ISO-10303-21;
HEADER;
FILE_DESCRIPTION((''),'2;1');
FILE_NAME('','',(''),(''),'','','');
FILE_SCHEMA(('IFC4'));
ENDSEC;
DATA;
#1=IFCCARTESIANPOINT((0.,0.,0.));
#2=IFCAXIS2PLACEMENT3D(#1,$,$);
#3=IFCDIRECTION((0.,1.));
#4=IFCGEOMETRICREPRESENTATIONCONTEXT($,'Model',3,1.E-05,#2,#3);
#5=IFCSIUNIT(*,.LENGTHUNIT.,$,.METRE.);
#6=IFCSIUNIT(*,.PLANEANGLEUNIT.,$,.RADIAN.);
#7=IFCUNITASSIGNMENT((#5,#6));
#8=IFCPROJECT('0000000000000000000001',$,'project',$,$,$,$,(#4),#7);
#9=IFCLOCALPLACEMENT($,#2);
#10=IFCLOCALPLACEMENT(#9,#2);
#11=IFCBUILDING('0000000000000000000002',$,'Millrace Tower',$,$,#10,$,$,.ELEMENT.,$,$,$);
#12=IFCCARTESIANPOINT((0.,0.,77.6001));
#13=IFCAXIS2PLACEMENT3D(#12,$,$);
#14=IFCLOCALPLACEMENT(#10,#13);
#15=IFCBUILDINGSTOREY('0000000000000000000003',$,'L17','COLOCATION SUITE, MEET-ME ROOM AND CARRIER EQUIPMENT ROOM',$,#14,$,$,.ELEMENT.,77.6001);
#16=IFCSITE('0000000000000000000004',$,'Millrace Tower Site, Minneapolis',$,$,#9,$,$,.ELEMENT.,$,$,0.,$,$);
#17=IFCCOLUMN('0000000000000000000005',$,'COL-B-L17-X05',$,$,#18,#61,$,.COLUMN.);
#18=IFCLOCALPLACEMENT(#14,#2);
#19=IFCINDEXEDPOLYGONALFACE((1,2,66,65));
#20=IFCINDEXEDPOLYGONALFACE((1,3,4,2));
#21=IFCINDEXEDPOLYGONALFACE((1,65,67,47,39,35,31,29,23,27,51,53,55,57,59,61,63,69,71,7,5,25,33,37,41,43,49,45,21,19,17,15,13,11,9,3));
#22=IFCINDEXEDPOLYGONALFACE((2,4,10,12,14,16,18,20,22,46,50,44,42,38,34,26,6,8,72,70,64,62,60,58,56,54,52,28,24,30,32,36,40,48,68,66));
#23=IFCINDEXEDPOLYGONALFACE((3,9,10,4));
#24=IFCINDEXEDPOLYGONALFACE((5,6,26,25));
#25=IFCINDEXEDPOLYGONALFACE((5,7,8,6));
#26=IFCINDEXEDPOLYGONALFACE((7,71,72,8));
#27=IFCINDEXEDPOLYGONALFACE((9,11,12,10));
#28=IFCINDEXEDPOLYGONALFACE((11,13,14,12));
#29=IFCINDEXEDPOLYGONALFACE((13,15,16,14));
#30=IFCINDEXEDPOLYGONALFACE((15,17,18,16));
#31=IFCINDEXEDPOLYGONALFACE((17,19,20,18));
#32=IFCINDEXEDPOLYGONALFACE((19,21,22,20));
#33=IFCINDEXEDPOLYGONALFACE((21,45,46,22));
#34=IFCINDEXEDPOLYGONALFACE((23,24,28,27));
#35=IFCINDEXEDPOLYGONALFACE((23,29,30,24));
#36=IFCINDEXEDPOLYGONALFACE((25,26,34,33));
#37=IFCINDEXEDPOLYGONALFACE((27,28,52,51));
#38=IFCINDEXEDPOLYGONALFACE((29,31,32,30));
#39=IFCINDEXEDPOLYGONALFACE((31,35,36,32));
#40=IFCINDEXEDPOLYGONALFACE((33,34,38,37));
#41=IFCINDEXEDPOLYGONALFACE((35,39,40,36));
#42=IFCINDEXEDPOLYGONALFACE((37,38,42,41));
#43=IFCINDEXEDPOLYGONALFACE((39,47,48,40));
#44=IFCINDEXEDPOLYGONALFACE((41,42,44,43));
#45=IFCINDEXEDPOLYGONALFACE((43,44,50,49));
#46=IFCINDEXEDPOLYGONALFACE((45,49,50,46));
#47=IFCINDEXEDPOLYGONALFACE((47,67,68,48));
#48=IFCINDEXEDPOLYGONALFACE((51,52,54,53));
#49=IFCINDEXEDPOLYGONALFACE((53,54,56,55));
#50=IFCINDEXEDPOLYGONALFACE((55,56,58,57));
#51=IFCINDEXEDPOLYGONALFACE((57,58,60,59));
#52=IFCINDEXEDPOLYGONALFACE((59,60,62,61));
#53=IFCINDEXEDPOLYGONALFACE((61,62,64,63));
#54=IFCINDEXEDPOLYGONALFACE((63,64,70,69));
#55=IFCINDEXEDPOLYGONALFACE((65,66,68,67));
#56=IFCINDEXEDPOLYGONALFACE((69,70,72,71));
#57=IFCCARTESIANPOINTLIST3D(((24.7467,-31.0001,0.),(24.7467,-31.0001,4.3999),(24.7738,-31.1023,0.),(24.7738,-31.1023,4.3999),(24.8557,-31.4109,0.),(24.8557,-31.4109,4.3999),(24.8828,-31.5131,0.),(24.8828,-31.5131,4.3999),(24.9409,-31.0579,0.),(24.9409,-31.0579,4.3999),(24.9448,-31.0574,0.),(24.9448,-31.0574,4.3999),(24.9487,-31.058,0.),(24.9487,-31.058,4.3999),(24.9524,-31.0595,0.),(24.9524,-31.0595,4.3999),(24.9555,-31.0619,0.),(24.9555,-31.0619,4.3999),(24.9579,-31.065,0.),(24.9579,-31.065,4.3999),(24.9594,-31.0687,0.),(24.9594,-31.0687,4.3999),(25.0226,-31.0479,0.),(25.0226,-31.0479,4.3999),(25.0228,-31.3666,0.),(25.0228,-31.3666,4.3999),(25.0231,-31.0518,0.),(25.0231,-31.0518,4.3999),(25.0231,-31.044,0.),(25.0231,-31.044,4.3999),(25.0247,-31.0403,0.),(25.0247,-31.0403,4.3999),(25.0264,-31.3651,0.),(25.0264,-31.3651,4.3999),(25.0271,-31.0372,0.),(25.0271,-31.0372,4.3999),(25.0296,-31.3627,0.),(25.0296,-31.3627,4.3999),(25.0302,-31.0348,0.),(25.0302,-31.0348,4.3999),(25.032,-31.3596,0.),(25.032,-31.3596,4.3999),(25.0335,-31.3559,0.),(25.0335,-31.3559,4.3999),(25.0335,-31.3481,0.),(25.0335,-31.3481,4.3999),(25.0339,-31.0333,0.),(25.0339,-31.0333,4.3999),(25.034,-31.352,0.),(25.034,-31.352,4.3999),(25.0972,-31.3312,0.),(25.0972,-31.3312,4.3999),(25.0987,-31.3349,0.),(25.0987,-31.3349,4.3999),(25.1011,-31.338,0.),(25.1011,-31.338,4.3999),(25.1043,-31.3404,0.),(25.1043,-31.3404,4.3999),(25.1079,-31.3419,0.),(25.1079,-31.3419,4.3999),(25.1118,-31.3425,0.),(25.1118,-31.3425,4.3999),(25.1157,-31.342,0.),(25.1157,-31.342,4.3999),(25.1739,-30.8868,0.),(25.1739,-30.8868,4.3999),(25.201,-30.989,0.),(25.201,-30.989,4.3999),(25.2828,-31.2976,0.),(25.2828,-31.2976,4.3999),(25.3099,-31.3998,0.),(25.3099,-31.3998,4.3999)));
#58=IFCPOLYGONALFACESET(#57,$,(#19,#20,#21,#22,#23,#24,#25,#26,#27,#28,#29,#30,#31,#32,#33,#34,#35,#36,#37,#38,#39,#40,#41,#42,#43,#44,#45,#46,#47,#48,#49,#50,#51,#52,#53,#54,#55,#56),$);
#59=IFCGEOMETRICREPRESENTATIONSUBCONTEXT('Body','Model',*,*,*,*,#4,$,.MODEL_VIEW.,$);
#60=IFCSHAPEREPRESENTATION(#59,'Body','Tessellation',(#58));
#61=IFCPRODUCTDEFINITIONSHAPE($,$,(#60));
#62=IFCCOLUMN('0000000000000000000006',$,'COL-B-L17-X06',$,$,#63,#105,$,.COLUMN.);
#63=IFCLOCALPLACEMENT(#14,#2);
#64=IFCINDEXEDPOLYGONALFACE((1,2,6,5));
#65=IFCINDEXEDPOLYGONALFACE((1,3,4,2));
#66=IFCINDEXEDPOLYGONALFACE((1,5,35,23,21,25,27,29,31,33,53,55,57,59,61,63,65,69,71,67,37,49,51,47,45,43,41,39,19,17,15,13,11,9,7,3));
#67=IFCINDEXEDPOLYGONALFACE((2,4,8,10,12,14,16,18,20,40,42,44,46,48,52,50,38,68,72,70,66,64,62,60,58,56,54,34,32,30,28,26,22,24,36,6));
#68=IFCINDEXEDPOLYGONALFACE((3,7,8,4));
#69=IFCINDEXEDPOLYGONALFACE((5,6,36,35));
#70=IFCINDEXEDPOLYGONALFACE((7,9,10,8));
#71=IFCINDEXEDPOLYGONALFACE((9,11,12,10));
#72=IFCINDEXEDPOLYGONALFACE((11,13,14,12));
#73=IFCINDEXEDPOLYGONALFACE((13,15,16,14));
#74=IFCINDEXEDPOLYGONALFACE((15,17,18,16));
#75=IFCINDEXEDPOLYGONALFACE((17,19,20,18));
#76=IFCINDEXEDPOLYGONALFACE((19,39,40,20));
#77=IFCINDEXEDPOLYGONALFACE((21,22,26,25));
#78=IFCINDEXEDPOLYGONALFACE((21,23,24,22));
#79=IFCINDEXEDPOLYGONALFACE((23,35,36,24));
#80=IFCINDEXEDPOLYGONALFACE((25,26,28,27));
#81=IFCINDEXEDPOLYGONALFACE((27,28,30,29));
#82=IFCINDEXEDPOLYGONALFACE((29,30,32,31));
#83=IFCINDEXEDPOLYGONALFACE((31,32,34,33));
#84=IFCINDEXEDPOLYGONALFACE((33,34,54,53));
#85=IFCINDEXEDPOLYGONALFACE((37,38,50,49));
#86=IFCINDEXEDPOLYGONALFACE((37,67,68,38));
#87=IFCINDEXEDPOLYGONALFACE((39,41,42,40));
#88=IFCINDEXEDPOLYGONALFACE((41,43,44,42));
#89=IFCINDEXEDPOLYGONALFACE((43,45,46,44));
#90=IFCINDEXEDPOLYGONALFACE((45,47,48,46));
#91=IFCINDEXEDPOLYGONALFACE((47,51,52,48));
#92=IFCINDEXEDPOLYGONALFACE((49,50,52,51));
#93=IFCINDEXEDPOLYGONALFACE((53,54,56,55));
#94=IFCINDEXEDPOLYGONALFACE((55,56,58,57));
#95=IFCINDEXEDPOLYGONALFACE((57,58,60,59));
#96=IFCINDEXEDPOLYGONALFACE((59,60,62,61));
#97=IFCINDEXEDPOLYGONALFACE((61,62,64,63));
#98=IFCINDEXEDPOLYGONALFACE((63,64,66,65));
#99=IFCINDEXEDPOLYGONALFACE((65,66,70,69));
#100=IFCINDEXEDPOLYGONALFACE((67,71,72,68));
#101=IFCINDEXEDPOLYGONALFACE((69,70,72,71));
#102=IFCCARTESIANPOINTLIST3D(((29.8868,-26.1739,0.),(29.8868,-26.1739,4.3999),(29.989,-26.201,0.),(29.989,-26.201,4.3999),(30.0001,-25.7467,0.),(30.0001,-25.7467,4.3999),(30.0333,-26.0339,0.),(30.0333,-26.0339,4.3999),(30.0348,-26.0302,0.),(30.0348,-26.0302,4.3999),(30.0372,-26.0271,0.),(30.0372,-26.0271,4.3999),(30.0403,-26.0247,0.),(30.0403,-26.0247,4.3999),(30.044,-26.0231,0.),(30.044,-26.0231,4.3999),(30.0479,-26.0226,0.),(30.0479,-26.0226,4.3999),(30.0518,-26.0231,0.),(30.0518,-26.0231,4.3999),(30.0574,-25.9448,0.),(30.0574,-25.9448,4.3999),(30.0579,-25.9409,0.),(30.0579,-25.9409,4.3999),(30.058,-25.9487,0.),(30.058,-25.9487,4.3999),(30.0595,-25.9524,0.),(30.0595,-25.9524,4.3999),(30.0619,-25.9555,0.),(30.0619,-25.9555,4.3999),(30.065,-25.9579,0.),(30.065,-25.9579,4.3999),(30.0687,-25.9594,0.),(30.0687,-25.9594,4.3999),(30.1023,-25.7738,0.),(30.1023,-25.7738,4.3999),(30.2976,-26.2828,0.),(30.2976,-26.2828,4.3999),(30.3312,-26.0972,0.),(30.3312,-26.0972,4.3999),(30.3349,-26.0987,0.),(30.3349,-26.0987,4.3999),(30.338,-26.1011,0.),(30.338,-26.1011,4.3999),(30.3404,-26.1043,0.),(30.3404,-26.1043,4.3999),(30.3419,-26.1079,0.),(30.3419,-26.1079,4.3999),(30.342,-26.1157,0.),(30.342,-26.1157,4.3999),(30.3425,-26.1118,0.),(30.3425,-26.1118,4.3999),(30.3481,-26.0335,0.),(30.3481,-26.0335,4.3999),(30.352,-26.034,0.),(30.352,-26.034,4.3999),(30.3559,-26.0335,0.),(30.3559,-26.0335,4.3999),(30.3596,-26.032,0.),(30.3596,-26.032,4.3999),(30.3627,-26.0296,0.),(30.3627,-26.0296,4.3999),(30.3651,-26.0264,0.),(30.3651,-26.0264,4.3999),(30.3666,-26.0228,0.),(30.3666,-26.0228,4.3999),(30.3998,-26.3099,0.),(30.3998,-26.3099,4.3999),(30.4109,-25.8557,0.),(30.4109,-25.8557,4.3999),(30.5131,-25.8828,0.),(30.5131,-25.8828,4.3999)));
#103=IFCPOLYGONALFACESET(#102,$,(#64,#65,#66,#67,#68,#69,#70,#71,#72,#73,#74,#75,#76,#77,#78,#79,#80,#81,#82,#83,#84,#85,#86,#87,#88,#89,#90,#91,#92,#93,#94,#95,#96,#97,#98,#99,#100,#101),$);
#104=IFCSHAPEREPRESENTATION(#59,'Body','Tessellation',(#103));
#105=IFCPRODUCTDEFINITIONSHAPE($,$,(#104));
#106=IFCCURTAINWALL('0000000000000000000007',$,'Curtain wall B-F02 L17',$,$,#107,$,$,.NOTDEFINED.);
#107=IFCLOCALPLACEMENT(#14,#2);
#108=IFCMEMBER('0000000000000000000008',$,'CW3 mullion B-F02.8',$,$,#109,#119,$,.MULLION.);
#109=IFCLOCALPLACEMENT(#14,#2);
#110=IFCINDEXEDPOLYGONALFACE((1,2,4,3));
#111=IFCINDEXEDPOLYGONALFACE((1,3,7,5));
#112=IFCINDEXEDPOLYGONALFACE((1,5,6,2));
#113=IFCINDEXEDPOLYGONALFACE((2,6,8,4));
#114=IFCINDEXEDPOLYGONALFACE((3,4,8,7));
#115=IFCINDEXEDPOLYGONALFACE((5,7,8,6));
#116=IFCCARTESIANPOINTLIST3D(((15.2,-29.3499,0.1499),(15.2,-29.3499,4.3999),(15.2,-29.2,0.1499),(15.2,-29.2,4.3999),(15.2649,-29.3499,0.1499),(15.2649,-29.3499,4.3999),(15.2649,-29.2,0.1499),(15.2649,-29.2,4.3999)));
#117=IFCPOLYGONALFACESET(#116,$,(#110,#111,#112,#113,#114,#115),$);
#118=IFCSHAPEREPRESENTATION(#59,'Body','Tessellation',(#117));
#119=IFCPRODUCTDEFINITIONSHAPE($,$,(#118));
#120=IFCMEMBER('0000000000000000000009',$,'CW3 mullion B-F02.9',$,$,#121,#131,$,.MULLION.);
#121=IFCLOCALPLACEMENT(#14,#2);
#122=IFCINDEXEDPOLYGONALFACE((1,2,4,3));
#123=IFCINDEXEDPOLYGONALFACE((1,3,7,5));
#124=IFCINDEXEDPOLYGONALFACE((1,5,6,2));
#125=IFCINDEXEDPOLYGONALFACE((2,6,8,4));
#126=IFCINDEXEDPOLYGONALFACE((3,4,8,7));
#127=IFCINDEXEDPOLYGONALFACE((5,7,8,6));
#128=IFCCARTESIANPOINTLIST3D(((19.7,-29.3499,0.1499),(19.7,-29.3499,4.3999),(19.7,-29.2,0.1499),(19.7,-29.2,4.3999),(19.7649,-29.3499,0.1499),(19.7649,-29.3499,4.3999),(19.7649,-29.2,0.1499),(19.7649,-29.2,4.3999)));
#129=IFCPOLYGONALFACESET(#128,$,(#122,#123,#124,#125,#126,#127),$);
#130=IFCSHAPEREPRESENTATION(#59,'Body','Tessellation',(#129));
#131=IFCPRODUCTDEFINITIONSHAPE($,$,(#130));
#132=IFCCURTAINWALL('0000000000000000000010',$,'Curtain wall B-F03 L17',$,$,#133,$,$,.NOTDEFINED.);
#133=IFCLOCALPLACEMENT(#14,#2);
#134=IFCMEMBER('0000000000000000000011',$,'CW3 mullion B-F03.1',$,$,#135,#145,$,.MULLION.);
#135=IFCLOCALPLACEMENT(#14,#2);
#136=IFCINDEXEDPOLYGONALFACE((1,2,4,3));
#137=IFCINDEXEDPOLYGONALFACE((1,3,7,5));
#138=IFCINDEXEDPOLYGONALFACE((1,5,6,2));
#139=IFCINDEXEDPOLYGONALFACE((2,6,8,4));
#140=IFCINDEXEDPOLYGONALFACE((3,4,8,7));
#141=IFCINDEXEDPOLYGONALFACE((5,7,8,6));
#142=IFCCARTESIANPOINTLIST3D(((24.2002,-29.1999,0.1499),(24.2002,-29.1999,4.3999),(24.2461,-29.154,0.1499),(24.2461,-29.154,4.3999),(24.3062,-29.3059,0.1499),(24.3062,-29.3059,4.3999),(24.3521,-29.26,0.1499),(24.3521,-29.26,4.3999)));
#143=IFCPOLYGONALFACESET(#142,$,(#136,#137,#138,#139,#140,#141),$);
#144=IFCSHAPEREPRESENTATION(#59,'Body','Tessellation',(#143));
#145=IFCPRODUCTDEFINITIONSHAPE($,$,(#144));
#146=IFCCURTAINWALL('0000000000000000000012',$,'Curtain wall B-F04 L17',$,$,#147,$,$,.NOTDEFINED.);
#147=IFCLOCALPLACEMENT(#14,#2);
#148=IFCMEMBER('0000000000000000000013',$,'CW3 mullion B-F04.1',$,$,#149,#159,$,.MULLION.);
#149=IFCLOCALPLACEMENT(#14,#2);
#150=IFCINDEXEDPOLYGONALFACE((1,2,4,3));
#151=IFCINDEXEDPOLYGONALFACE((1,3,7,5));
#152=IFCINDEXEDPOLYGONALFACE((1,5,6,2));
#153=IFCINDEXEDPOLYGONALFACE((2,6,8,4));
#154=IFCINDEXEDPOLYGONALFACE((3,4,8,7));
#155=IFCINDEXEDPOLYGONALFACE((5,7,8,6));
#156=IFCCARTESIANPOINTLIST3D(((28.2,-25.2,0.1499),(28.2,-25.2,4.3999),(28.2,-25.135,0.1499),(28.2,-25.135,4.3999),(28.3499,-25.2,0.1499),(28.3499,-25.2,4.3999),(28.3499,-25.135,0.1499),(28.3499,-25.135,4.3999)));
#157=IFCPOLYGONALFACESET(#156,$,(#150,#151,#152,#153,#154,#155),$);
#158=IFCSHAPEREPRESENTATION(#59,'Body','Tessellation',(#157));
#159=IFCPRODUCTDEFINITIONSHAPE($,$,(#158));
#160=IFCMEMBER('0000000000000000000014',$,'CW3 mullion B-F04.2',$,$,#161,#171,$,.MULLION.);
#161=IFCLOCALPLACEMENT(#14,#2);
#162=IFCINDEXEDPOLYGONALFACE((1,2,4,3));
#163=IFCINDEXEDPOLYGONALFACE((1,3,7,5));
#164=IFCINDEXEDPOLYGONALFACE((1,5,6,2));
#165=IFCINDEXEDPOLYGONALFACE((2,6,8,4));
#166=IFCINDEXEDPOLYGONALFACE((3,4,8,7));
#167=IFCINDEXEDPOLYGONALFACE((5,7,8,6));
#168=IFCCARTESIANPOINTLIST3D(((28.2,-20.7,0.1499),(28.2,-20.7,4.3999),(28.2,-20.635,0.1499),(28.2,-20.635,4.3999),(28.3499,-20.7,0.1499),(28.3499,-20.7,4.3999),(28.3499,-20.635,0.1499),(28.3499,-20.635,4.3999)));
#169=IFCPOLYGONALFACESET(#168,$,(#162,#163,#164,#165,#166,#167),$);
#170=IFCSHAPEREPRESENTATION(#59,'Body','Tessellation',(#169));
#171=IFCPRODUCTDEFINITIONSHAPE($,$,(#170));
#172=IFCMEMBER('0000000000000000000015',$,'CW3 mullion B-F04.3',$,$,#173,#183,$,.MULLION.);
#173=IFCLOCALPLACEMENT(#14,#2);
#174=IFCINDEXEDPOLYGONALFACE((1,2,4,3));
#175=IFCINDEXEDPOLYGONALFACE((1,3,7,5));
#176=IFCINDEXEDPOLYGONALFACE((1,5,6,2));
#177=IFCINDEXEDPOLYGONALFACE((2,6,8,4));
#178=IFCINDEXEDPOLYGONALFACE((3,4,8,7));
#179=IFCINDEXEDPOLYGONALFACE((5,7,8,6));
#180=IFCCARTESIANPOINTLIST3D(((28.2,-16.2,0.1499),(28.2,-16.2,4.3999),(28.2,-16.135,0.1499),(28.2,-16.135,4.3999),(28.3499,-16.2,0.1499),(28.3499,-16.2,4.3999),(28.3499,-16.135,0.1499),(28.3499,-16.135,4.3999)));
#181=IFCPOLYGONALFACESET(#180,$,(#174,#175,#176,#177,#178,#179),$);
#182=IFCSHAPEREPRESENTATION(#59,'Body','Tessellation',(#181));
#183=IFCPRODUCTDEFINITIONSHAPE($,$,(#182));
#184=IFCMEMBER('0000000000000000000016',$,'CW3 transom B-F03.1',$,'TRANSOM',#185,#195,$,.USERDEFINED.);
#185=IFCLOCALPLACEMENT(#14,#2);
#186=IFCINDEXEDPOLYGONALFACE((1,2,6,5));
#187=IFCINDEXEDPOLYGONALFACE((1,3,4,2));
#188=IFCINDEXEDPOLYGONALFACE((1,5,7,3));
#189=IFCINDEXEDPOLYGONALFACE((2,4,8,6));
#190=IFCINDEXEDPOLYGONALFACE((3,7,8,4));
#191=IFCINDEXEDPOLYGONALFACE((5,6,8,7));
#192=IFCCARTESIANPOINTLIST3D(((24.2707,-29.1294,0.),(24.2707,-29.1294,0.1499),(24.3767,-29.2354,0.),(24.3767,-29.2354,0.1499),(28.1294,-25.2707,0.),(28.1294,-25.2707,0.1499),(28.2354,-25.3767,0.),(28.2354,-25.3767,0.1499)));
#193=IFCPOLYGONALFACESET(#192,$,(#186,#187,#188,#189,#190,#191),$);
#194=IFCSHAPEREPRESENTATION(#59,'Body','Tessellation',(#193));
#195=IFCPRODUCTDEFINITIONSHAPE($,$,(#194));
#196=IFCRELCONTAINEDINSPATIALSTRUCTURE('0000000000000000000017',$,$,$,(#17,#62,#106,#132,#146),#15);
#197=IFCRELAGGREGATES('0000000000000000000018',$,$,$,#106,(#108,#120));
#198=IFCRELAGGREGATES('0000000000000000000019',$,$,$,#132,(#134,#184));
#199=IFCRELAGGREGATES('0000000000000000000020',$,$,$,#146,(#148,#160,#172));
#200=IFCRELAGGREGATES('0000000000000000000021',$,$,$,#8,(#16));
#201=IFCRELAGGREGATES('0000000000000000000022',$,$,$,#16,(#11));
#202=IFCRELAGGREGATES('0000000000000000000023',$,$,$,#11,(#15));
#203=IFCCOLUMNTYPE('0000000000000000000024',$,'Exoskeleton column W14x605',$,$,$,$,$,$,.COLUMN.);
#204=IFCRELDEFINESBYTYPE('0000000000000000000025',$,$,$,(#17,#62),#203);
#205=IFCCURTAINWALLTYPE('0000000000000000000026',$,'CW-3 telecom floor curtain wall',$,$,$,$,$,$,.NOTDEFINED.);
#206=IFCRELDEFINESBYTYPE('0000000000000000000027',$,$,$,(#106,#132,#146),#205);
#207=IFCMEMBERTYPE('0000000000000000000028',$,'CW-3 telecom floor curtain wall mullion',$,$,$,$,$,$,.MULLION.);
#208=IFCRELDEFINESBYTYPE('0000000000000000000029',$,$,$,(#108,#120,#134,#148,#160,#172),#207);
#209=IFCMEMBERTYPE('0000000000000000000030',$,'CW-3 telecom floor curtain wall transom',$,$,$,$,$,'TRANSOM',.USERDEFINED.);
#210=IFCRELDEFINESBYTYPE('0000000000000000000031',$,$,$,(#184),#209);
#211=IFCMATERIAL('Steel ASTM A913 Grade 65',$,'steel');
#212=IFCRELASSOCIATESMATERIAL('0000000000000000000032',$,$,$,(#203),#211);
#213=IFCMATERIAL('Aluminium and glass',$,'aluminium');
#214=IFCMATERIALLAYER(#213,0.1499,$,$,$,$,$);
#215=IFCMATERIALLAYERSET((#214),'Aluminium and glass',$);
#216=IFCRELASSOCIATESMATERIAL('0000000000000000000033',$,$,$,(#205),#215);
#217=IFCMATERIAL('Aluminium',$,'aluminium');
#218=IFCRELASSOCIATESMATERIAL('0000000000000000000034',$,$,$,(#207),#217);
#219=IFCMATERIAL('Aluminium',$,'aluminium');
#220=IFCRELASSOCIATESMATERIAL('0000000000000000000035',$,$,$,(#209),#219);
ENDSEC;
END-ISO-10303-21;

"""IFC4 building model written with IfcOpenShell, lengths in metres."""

from ifc_helpers import new_model, si_unit, direction, frame, origin, origin_2d, place, context, subcontext, project, spatial, rectangle, i_section, extrude, material, layer, layer_set, material_profile, profile_set, type_object, element, aggregate, save


model = new_model("IFC4")

# Units and contexts
model_context = context("Model", 3, precision=1e-05, world=origin(), true_north=direction((0.0, 1.0)))
body_context = subcontext(model_context, "Body", "Model", "MODEL_VIEW")
ifc_project = project(units=[si_unit("LENGTHUNIT", "METRE"), si_unit("PLANEANGLEUNIT", "RADIAN")], contexts=[model_context])

# Site, building, storey
site_placement = place(None, origin())
site = spatial("IfcSite", under=ifc_project, at=site_placement, Name="Millrace Tower Site, Minneapolis", CompositionType="ELEMENT", RefElevation=0.0)
building_placement = place(site_placement, origin())
building = spatial("IfcBuilding", under=site, at=building_placement, Name="Millrace Tower", CompositionType="ELEMENT")
storey_placement = place(building_placement, frame((0.0, 0.0, 77.6001)))
storey = spatial("IfcBuildingStorey", under=building, at=storey_placement, Name="L17", Description="COLOCATION SUITE, MEET-ME ROOM AND CARRIER EQUIPMENT ROOM", CompositionType="ELEMENT", Elevation=77.6001)

# Columns
ifc_material_1 = material(Name="Steel ASTM A913 Grade 65", Category="steel")
ifc_material_profile_1 = material_profile(ifc_material_1, i_section(OverallWidth=0.4419, OverallDepth=0.5308, WebThickness=0.0659, FlangeThickness=0.1057, FilletRadius=0.0151, at=origin_2d()))
ifc_profile_set_1 = profile_set([ifc_material_profile_1], Name="Steel ASTM A913 Grade 65")
column_type = type_object("IfcColumnType", Name="Exoskeleton column W14x605", PredefinedType="COLUMN", material=ifc_profile_set_1)
for number, where, z_axis, x_axis, name in (
    (1, (25.0283, -31.2, 0.0), (0.0, 0.0, 1.0), (0.966585, 0.256347, 0.0), "COL-B-L17-X05"),
    (2, (30.2, -26.0283, 0.0), (0.0, 0.0, 1.0), (0.256347, 0.966585, 0.0), "COL-B-L17-X06"),
):
    element("IfcColumn", number, at=place(storey_placement, frame(where, z_axis=z_axis, x_axis=x_axis)), inside=storey, type_object=column_type, Name=name, PredefinedType="COLUMN", context=body_context, shape_type="SweptSolid", body=[
        extrude(i_section(OverallWidth=0.4419, OverallDepth=0.5308, WebThickness=0.0659, FlangeThickness=0.1057, FilletRadius=0.0151, at=origin_2d()), origin(), (0.0, 0.0, 1.0), 4.3999),
    ])

# Curtain wall, members
ifc_material_2 = material(Name="Aluminium and glass", Category="aluminium")
ifc_layer_1 = layer(ifc_material_2, 0.1499)
ifc_layer_set_1 = layer_set([ifc_layer_1], Name="Aluminium and glass")
curtain_wall_type = type_object("IfcCurtainWallType", Name="CW-3 telecom floor curtain wall", PredefinedType="NOTDEFINED", material=ifc_layer_set_1)
placement = place(storey_placement, origin())
curtain_wall_1 = element("IfcCurtainWall", 3, at=placement, inside=storey, type_object=curtain_wall_type, Name="Curtain wall B-F02 L17", PredefinedType="NOTDEFINED")
ifc_material_3 = material(Name="Aluminium", Category="aluminium")
ifc_material_profile_2 = material_profile(ifc_material_3, rectangle(XDim=0.0649, YDim=0.1499, at=origin_2d()))
ifc_profile_set_2 = profile_set([ifc_material_profile_2], Name="Aluminium")
member_type_1 = type_object("IfcMemberType", Name="CW-3 telecom floor curtain wall mullion", PredefinedType="MULLION", material=ifc_profile_set_2)
member_1_placement = place(storey_placement, frame((15.2324, -29.2749, 0.1499), z_axis=(0.0, 0.0, 1.0), x_axis=(1.0, 0.0, 0.0)))
member_1 = element("IfcMember", 4, at=member_1_placement, type_object=member_type_1, Name="CW3 mullion B-F02.8", PredefinedType="MULLION", context=body_context, shape_type="SweptSolid", body=[
    extrude(rectangle(XDim=0.0649, YDim=0.1499, at=origin_2d()), origin(), (0.0, 0.0, 1.0), 4.25),
])
member_2_placement = place(storey_placement, frame((19.7324, -29.2749, 0.1499), z_axis=(0.0, 0.0, 1.0), x_axis=(1.0, 0.0, 0.0)))
member_2 = element("IfcMember", 5, at=member_2_placement, type_object=member_type_1, Name="CW3 mullion B-F02.9", PredefinedType="MULLION", context=body_context, shape_type="SweptSolid", body=[
    extrude(rectangle(XDim=0.0649, YDim=0.1499, at=origin_2d()), origin(), (0.0, 0.0, 1.0), 4.25),
])
aggregate(curtain_wall_1, [member_1, member_2])

# Curtain wall, member
curtain_wall_2 = element("IfcCurtainWall", 6, at=placement, inside=storey, type_object=curtain_wall_type, Name="Curtain wall B-F03 L17", PredefinedType="NOTDEFINED")
member_3_placement = place(storey_placement, frame((24.2761, -29.23, 0.1499), z_axis=(0.0, 0.0, 1.0), x_axis=(0.707107, 0.707107, 0.0)))
member_3 = element("IfcMember", 7, at=member_3_placement, type_object=member_type_1, Name="CW3 mullion B-F03.1", PredefinedType="MULLION", context=body_context, shape_type="SweptSolid", body=[
    extrude(rectangle(XDim=0.0649, YDim=0.1499, at=origin_2d()), origin(), (0.0, 0.0, 1.0), 4.25),
])

# Curtain wall, members
curtain_wall_3 = element("IfcCurtainWall", 8, at=placement, inside=storey, type_object=curtain_wall_type, Name="Curtain wall B-F04 L17", PredefinedType="NOTDEFINED")
member_4_placement = place(storey_placement, frame((28.2749, -25.1675, 0.1499), z_axis=(0.0, 0.0, 1.0), x_axis=(0.0, 1.0, 0.0)))
member_4 = element("IfcMember", 9, at=member_4_placement, type_object=member_type_1, Name="CW3 mullion B-F04.1", PredefinedType="MULLION", context=body_context, shape_type="SweptSolid", body=[
    extrude(rectangle(XDim=0.0649, YDim=0.1499, at=origin_2d()), origin(), (0.0, 0.0, 1.0), 4.25),
])
member_5_placement = place(storey_placement, frame((28.2749, -20.6675, 0.1499), z_axis=(0.0, 0.0, 1.0), x_axis=(0.0, 1.0, 0.0)))
member_5 = element("IfcMember", 10, at=member_5_placement, type_object=member_type_1, Name="CW3 mullion B-F04.2", PredefinedType="MULLION", context=body_context, shape_type="SweptSolid", body=[
    extrude(rectangle(XDim=0.0649, YDim=0.1499, at=origin_2d()), origin(), (0.0, 0.0, 1.0), 4.25),
])
member_6_placement = place(storey_placement, frame((28.2749, -16.1675, 0.1499), z_axis=(0.0, 0.0, 1.0), x_axis=(0.0, 1.0, 0.0)))
member_6 = element("IfcMember", 11, at=member_6_placement, type_object=member_type_1, Name="CW3 mullion B-F04.3", PredefinedType="MULLION", context=body_context, shape_type="SweptSolid", body=[
    extrude(rectangle(XDim=0.0649, YDim=0.1499, at=origin_2d()), origin(), (0.0, 0.0, 1.0), 4.25),
])

# Member
ifc_material_4 = material(Name="Aluminium", Category="aluminium")
ifc_material_profile_3 = material_profile(ifc_material_4, rectangle(XDim=0.1499, YDim=0.1499, at=origin_2d()))
ifc_profile_set_3 = profile_set([ifc_material_profile_3], Name="Aluminium")
member_type_2 = type_object("IfcMemberType", Name="CW-3 telecom floor curtain wall transom", ElementType="TRANSOM", PredefinedType="USERDEFINED", material=ifc_profile_set_3)
member_7_placement = place(storey_placement, frame((24.3237, -29.1824, 0.075), z_axis=(0.707107, 0.707107, 0.0), x_axis=(-0.707107, 0.707107, 0.0)))
member_7 = element("IfcMember", 12, at=member_7_placement, type_object=member_type_2, Name="CW3 transom B-F03.1", ObjectType="TRANSOM", PredefinedType="USERDEFINED", context=body_context, shape_type="SweptSolid", body=[
    extrude(rectangle(XDim=0.1499, YDim=0.1499, at=origin_2d()), origin(), (0.0, 0.0, 1.0), 5.457),
])
aggregate(curtain_wall_2, [member_3, member_7])
aggregate(curtain_wall_3, [member_4, member_5, member_6])

save(model, "model.ifc")
